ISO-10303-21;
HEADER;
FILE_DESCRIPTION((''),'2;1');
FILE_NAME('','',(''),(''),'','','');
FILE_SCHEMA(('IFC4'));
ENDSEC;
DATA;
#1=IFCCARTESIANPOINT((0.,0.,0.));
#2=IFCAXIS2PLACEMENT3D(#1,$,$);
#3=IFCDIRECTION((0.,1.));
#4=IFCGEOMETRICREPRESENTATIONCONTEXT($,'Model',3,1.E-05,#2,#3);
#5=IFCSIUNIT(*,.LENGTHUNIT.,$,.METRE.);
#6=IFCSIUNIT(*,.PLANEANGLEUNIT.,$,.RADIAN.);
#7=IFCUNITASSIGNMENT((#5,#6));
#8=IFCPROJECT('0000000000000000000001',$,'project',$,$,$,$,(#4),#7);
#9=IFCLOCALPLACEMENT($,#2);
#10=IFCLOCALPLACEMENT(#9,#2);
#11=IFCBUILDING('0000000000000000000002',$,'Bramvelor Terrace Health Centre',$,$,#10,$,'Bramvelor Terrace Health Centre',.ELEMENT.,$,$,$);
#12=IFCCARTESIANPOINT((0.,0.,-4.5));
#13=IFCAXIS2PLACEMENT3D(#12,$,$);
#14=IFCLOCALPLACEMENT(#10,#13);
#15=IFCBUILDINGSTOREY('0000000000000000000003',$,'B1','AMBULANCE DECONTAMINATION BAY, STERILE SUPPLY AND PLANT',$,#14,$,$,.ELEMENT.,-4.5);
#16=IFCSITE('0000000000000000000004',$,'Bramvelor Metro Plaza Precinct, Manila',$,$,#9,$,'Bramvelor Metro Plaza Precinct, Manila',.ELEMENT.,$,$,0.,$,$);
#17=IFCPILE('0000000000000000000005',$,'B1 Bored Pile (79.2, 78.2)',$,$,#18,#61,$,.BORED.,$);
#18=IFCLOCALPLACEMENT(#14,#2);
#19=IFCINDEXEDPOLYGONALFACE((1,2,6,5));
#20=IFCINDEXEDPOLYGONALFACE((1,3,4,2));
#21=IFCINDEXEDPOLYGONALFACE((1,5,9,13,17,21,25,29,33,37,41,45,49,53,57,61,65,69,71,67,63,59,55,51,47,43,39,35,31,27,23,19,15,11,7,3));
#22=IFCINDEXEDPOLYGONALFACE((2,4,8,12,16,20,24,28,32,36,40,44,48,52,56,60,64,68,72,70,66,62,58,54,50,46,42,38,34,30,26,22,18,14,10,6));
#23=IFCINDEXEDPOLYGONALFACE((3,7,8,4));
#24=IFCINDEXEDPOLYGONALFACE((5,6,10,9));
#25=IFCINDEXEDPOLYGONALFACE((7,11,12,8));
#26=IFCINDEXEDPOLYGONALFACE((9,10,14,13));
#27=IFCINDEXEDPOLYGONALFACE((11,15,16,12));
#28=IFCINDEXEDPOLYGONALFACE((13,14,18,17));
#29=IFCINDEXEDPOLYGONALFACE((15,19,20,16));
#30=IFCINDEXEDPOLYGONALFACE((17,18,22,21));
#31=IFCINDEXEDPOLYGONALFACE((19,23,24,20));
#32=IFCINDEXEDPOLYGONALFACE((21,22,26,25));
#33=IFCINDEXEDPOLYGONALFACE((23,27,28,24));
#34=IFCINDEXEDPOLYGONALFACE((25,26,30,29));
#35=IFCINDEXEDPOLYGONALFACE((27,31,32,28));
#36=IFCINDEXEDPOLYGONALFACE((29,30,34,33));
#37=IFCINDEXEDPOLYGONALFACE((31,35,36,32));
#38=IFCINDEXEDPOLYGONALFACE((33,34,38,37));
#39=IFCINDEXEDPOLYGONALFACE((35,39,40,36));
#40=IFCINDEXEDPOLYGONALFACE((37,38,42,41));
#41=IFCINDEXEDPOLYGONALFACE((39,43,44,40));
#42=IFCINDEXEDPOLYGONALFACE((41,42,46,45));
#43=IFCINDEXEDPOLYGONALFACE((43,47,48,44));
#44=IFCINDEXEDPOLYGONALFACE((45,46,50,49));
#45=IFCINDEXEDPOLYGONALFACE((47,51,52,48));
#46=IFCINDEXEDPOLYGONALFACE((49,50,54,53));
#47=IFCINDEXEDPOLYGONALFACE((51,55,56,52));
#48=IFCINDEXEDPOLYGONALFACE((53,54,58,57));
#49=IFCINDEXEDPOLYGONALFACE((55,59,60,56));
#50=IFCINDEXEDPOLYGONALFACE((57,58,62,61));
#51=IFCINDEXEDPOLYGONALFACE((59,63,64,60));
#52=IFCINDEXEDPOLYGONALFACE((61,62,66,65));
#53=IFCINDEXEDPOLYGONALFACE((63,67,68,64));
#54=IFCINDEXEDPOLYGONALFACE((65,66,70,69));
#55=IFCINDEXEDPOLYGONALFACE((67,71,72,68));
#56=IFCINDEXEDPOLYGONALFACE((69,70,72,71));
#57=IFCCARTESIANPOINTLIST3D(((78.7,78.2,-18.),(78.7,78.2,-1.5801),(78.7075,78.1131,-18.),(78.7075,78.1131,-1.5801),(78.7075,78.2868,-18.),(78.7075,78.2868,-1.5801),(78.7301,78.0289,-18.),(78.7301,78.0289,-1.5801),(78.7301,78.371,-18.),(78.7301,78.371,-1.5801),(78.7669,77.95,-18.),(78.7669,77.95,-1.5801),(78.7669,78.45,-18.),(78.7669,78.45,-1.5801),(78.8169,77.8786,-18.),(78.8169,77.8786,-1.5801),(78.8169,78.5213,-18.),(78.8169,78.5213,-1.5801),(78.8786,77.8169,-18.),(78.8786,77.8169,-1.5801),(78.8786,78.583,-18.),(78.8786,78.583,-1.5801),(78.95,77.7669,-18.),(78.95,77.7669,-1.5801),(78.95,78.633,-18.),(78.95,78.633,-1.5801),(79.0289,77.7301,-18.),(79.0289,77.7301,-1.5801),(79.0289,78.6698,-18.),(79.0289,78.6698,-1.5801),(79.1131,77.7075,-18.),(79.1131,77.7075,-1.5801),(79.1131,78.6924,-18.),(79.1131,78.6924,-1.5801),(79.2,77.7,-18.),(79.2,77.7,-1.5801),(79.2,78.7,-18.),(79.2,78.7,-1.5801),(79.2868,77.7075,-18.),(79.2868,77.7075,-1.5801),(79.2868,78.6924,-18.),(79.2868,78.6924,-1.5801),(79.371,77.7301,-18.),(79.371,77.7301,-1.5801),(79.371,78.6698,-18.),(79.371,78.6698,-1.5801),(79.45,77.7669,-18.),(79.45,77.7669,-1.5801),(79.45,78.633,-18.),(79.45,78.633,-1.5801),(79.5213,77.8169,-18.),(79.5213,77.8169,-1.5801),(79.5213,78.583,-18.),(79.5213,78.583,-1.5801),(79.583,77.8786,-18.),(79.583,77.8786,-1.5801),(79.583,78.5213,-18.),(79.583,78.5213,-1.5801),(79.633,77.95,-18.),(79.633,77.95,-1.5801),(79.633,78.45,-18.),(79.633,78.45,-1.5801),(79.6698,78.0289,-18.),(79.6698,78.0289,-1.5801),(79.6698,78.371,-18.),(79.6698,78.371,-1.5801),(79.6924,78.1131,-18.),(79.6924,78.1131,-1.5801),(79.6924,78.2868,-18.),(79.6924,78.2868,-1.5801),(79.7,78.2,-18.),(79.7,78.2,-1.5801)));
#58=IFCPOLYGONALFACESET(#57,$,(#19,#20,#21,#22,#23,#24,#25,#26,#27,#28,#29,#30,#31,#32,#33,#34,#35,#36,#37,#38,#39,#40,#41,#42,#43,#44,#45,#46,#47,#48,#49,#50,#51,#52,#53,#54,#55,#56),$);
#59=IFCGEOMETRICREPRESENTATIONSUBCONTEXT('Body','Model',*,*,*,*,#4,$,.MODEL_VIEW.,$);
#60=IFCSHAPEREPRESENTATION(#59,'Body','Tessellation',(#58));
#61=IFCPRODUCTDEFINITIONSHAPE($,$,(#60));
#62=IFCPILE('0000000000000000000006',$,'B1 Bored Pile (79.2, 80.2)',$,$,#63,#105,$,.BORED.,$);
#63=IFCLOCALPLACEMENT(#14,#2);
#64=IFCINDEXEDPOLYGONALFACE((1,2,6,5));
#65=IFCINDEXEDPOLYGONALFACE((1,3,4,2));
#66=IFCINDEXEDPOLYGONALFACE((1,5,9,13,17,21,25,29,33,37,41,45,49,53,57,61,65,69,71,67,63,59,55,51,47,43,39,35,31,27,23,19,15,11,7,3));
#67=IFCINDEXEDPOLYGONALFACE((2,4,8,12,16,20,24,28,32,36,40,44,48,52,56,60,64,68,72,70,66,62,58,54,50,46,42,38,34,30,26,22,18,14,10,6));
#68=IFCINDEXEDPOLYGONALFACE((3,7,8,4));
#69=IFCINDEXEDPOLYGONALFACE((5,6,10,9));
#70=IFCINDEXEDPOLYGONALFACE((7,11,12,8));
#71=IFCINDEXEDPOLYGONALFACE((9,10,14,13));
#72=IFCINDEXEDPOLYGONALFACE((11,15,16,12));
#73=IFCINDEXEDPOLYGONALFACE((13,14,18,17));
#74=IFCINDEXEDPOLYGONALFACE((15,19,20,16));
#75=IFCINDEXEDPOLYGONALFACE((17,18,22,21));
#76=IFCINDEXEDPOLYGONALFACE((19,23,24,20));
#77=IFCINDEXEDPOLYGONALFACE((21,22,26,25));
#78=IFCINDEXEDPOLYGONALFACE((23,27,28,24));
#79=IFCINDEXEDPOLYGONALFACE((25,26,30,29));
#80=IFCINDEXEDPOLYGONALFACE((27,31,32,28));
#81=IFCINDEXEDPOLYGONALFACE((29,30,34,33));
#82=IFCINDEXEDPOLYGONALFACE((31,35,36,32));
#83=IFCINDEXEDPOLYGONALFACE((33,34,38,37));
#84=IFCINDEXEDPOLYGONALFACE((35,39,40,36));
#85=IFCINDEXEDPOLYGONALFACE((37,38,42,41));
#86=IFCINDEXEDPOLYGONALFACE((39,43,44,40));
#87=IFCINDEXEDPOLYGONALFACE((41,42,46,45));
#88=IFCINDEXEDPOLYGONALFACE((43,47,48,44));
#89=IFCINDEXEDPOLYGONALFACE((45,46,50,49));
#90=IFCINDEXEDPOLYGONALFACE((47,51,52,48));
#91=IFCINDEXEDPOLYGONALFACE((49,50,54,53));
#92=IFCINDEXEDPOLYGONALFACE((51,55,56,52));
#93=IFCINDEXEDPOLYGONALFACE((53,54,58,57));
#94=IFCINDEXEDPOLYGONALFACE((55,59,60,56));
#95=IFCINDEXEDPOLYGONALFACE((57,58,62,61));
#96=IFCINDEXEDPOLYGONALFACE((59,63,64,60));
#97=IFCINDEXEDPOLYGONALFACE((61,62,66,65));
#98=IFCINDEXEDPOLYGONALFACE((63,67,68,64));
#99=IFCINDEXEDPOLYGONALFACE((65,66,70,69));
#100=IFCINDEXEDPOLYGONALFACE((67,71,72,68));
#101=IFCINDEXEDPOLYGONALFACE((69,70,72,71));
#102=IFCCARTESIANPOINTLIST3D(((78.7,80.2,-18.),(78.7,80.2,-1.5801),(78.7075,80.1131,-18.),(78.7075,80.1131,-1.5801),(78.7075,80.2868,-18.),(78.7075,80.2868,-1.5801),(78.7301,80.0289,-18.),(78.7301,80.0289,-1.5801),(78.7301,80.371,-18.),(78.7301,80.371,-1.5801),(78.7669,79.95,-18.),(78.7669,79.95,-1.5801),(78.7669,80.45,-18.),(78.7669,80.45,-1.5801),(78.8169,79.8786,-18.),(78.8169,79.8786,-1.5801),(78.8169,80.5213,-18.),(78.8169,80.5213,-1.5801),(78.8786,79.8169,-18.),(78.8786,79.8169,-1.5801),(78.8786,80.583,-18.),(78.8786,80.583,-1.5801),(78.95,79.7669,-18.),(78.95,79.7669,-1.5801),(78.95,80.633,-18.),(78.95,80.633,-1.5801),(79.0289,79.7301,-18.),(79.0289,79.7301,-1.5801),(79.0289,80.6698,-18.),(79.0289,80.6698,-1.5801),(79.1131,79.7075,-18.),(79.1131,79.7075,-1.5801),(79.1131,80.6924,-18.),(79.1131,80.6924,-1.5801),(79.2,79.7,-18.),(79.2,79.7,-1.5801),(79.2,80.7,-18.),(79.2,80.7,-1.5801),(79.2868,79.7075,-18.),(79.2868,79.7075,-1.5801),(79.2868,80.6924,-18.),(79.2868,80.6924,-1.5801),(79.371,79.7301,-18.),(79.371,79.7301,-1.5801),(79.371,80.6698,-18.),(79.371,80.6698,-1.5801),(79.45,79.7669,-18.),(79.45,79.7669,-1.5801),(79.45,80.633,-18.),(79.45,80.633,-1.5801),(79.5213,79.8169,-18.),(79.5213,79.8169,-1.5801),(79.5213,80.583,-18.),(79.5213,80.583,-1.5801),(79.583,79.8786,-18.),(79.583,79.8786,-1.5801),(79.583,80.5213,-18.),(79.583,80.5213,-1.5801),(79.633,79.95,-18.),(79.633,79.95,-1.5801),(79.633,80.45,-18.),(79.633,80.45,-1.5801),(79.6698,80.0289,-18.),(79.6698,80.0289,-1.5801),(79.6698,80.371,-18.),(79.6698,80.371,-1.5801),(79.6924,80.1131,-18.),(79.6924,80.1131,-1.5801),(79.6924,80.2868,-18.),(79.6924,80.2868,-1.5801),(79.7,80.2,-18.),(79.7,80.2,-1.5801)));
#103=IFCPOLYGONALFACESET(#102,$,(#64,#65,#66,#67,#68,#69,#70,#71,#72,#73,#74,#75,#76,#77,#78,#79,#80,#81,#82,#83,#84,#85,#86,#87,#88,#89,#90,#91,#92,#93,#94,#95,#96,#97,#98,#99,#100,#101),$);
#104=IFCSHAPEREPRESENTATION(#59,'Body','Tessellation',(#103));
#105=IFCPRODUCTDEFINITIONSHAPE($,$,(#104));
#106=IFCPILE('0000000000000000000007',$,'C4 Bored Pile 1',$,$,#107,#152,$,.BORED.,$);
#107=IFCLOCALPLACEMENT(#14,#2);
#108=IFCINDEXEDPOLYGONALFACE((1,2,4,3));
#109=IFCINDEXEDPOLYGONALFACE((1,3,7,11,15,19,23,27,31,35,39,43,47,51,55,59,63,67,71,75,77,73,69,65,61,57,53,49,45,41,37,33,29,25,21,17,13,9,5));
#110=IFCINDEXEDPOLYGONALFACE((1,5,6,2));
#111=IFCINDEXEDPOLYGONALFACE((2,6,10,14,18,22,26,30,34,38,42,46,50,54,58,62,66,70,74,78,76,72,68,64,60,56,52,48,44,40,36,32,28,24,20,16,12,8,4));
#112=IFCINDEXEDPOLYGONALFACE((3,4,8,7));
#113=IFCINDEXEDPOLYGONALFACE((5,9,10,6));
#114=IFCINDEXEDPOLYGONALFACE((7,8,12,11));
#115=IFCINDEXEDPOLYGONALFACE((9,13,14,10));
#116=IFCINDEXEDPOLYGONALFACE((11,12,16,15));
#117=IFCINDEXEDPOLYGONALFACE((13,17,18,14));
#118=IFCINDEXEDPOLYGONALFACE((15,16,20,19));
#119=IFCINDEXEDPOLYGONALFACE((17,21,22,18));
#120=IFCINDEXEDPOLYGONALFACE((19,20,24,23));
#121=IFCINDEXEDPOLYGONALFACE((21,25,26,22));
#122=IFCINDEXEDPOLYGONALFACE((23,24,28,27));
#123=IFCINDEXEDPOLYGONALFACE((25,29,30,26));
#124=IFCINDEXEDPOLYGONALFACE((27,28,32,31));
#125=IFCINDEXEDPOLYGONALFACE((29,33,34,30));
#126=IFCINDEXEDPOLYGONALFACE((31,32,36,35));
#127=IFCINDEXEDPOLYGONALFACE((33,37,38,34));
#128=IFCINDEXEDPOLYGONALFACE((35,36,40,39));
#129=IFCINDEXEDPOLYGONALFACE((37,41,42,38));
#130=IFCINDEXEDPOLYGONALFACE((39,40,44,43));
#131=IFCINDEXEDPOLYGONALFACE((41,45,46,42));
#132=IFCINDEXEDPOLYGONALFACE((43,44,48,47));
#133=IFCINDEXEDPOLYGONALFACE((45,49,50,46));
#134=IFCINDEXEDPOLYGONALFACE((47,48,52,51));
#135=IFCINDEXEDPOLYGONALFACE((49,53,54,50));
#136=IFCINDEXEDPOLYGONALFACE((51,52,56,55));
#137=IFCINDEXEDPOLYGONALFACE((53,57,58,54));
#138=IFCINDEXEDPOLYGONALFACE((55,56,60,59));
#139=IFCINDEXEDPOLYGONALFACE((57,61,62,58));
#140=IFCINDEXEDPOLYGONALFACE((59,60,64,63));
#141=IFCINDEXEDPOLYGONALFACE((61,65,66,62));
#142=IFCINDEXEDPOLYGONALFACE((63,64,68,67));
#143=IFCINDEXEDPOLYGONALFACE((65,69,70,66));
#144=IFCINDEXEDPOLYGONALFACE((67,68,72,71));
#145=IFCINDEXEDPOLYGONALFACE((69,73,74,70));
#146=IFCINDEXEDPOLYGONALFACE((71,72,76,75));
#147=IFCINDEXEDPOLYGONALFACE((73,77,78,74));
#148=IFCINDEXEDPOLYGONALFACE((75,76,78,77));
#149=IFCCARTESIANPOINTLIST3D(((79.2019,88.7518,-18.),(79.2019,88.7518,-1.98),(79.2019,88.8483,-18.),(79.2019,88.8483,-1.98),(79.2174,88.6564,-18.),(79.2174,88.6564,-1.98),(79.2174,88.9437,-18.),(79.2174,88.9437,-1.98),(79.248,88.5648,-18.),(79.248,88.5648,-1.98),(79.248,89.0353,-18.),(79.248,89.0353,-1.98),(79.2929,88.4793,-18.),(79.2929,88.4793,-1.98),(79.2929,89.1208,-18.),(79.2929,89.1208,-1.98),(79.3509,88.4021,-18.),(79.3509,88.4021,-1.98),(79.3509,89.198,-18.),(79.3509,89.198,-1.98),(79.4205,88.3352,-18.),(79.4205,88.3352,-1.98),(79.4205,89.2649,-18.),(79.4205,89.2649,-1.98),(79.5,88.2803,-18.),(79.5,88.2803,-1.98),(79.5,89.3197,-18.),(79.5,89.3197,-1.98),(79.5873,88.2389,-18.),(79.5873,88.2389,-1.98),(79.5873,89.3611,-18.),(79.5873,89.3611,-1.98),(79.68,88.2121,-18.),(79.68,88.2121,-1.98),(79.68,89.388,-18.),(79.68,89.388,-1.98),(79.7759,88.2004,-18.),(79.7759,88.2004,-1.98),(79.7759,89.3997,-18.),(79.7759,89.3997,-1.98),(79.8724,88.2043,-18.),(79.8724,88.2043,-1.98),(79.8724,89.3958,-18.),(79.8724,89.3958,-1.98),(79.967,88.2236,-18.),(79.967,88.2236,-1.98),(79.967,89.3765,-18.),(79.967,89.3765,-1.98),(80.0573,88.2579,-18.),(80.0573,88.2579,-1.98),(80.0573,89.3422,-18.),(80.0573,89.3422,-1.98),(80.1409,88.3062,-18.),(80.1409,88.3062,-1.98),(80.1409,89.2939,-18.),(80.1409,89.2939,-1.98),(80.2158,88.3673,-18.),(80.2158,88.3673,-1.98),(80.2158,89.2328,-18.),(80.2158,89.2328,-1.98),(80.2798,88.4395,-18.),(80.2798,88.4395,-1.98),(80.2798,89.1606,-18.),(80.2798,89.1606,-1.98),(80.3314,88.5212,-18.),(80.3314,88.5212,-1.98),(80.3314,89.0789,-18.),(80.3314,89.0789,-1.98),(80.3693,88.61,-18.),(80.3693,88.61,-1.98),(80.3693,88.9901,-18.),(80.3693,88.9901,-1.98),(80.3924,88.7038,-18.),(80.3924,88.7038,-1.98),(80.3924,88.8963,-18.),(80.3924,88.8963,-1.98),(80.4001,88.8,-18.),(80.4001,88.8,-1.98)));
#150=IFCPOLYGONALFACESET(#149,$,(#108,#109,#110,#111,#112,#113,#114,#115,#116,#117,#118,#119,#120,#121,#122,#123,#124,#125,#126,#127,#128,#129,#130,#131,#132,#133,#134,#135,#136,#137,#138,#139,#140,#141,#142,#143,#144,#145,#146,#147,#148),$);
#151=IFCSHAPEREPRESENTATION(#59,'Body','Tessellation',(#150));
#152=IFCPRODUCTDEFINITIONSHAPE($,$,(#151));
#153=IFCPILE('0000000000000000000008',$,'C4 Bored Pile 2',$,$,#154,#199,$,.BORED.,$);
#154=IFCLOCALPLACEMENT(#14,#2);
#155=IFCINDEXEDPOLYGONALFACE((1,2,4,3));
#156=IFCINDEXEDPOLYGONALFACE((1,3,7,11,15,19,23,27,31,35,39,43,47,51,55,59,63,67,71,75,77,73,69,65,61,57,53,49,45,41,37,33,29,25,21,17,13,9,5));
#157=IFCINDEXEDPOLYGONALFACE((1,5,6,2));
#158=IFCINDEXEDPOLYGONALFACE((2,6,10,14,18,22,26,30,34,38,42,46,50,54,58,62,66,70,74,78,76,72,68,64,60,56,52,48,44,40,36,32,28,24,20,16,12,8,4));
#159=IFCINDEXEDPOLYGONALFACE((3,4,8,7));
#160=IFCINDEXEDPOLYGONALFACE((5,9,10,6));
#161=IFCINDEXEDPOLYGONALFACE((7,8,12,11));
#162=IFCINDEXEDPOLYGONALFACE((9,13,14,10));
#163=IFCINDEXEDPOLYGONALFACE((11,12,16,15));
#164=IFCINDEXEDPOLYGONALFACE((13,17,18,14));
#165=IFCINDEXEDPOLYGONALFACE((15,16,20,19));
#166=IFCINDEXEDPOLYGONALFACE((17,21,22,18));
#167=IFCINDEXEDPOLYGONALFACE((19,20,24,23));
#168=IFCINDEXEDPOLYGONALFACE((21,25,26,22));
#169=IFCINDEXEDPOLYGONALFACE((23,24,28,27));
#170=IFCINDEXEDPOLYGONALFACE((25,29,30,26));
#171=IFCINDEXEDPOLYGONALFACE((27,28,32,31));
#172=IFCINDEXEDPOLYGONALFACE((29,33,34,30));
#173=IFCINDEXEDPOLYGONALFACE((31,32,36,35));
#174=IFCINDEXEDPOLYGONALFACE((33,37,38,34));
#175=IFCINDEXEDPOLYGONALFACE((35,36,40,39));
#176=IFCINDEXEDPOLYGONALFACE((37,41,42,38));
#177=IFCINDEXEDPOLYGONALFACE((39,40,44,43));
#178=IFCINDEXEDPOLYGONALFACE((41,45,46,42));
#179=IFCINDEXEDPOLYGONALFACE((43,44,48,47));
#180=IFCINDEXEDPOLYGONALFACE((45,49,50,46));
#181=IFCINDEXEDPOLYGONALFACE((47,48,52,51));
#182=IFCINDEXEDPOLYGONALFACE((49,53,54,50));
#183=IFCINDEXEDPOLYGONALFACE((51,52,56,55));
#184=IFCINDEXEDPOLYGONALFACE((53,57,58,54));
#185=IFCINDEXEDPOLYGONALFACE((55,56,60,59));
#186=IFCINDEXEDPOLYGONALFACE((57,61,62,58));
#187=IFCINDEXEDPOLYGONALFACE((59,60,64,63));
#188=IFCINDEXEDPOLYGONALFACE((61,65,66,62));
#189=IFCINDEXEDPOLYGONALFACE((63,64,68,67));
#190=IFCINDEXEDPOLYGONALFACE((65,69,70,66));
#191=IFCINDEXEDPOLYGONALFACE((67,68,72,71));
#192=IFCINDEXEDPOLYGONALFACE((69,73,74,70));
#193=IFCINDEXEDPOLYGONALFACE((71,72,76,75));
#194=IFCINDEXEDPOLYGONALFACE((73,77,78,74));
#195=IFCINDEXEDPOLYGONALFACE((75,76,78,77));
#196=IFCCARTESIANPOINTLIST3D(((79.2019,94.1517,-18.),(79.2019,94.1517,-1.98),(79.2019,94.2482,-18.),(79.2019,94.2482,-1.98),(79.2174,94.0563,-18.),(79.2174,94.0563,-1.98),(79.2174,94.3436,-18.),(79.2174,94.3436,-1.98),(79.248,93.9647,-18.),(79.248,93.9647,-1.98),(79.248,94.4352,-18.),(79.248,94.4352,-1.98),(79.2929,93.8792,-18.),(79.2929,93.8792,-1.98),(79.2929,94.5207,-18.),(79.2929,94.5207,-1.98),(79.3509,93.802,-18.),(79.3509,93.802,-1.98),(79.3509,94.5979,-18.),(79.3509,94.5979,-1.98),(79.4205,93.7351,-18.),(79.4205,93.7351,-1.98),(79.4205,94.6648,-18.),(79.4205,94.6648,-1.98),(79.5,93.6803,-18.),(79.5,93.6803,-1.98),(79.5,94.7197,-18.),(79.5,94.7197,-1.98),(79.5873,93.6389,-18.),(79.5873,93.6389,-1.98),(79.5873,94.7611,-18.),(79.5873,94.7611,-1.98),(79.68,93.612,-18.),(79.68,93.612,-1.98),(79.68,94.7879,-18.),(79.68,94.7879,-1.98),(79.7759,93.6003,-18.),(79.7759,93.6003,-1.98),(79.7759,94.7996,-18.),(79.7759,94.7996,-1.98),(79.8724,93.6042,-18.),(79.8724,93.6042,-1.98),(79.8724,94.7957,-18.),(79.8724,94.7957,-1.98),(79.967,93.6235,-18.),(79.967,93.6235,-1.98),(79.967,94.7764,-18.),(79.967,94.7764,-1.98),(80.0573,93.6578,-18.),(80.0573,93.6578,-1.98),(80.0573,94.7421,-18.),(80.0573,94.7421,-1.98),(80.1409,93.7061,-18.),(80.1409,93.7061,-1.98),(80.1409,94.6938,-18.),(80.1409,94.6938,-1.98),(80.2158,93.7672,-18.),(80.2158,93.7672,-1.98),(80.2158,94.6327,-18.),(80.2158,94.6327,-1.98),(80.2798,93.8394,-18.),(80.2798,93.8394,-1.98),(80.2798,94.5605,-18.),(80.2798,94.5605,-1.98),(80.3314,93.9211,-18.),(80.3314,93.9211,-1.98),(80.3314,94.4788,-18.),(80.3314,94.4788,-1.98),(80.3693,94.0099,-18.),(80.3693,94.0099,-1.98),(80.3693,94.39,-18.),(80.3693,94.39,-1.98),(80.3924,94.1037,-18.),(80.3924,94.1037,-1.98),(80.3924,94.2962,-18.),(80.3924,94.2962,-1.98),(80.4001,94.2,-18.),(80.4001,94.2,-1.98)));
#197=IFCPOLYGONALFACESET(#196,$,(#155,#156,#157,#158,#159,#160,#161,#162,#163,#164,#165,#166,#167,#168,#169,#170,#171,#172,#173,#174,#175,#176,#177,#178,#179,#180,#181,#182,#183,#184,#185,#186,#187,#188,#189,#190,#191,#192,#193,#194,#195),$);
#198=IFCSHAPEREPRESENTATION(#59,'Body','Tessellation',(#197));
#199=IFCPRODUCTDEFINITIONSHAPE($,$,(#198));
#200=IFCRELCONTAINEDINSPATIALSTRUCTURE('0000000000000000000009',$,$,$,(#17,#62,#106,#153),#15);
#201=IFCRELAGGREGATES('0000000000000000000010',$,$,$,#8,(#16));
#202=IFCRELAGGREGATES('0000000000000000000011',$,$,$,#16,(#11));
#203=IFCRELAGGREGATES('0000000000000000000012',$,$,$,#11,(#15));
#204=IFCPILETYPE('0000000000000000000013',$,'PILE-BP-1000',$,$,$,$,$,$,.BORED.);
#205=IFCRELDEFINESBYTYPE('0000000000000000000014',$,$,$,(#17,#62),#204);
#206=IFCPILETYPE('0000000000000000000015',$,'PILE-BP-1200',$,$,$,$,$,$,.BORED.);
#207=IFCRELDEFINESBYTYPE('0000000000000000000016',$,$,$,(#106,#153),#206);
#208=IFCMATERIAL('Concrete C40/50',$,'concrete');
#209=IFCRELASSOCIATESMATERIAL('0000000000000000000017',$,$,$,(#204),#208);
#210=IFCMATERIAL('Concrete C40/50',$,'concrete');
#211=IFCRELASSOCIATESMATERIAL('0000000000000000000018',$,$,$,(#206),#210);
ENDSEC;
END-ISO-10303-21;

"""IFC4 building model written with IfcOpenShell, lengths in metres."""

from ifc_helpers import new_model, si_unit, direction, frame, origin, origin_2d, place, context, subcontext, project, spatial, circle, extrude, material, material_profile, profile_set, type_object, element, save


model = new_model("IFC4")

# Units and contexts
model_context = context("Model", 3, precision=1e-05, world=origin(), true_north=direction((0.0, 1.0)))
body_context = subcontext(model_context, "Body", "Model", "MODEL_VIEW")
ifc_project = project(units=[si_unit("LENGTHUNIT", "METRE"), si_unit("PLANEANGLEUNIT", "RADIAN")], contexts=[model_context])

# Site, building, storey
site_placement = place(None, origin())
site = spatial("IfcSite", under=ifc_project, at=site_placement, Name="Bramvelor Metro Plaza Precinct, Manila", LongName="Bramvelor Metro Plaza Precinct, Manila", CompositionType="ELEMENT", RefElevation=0.0)
building_placement = place(site_placement, origin())
building = spatial("IfcBuilding", under=site, at=building_placement, Name="Bramvelor Terrace Health Centre", LongName="Bramvelor Terrace Health Centre", CompositionType="ELEMENT")
storey_placement = place(building_placement, frame((0.0, 0.0, -4.5)))
storey = spatial("IfcBuildingStorey", under=building, at=storey_placement, Name="B1", Description="AMBULANCE DECONTAMINATION BAY, STERILE SUPPLY AND PLANT", CompositionType="ELEMENT", Elevation=-4.5)

# Piles
ifc_material_1 = material(Name="Concrete C40/50", Category="concrete")
ifc_material_profile_1 = material_profile(ifc_material_1, circle(Radius=0.5, at=origin_2d()), Name="BP D1000")
ifc_profile_set_1 = profile_set([ifc_material_profile_1], Name="Concrete C40/50")
pile_type_1 = type_object("IfcPileType", Name="PILE-BP-1000", PredefinedType="BORED", material=ifc_profile_set_1)
for number, where, z_axis, x_axis, name in (
    (1, (79.2, 78.2, -1.5801), (0.0, 0.0, -1.0), (1.0, 0.0, 0.0), "B1 Bored Pile (79.2, 78.2)"),
    (2, (79.2, 80.2, -1.5801), (0.0, 0.0, -1.0), (1.0, 0.0, 0.0), "B1 Bored Pile (79.2, 80.2)"),
):
    element("IfcPile", number, at=place(storey_placement, frame(where, z_axis=z_axis, x_axis=x_axis)), inside=storey, type_object=pile_type_1, Name=name, PredefinedType="BORED", context=body_context, shape_type="SweptSolid", body=[
        extrude(circle(Radius=0.5, at=origin_2d()), origin(), (0.0, 0.0, 1.0), 16.4199),
    ])
ifc_material_2 = material(Name="Concrete C40/50", Category="concrete")
ifc_material_profile_2 = material_profile(ifc_material_2, circle(Radius=0.6001, at=origin_2d()), Name="BP D1200")
ifc_profile_set_2 = profile_set([ifc_material_profile_2], Name="Concrete C40/50")
pile_type_2 = type_object("IfcPileType", Name="PILE-BP-1200", PredefinedType="BORED", material=ifc_profile_set_2)
for number, where, z_axis, x_axis, name in (
    (3, (79.8, 88.8, -1.98), (0.0, 0.0, -1.0), (1.0, 0.0, 0.0), "C4 Bored Pile 1"),
    (4, (79.8, 94.2, -1.98), (0.0, 0.0, -1.0), (1.0, 0.0, 0.0), "C4 Bored Pile 2"),
):
    element("IfcPile", number, at=place(storey_placement, frame(where, z_axis=z_axis, x_axis=x_axis)), inside=storey, type_object=pile_type_2, Name=name, PredefinedType="BORED", context=body_context, shape_type="SweptSolid", body=[
        extrude(circle(Radius=0.6001, at=origin_2d()), origin(), (0.0, 0.0, 1.0), 16.02),
    ])

save(model, "model.ifc")
